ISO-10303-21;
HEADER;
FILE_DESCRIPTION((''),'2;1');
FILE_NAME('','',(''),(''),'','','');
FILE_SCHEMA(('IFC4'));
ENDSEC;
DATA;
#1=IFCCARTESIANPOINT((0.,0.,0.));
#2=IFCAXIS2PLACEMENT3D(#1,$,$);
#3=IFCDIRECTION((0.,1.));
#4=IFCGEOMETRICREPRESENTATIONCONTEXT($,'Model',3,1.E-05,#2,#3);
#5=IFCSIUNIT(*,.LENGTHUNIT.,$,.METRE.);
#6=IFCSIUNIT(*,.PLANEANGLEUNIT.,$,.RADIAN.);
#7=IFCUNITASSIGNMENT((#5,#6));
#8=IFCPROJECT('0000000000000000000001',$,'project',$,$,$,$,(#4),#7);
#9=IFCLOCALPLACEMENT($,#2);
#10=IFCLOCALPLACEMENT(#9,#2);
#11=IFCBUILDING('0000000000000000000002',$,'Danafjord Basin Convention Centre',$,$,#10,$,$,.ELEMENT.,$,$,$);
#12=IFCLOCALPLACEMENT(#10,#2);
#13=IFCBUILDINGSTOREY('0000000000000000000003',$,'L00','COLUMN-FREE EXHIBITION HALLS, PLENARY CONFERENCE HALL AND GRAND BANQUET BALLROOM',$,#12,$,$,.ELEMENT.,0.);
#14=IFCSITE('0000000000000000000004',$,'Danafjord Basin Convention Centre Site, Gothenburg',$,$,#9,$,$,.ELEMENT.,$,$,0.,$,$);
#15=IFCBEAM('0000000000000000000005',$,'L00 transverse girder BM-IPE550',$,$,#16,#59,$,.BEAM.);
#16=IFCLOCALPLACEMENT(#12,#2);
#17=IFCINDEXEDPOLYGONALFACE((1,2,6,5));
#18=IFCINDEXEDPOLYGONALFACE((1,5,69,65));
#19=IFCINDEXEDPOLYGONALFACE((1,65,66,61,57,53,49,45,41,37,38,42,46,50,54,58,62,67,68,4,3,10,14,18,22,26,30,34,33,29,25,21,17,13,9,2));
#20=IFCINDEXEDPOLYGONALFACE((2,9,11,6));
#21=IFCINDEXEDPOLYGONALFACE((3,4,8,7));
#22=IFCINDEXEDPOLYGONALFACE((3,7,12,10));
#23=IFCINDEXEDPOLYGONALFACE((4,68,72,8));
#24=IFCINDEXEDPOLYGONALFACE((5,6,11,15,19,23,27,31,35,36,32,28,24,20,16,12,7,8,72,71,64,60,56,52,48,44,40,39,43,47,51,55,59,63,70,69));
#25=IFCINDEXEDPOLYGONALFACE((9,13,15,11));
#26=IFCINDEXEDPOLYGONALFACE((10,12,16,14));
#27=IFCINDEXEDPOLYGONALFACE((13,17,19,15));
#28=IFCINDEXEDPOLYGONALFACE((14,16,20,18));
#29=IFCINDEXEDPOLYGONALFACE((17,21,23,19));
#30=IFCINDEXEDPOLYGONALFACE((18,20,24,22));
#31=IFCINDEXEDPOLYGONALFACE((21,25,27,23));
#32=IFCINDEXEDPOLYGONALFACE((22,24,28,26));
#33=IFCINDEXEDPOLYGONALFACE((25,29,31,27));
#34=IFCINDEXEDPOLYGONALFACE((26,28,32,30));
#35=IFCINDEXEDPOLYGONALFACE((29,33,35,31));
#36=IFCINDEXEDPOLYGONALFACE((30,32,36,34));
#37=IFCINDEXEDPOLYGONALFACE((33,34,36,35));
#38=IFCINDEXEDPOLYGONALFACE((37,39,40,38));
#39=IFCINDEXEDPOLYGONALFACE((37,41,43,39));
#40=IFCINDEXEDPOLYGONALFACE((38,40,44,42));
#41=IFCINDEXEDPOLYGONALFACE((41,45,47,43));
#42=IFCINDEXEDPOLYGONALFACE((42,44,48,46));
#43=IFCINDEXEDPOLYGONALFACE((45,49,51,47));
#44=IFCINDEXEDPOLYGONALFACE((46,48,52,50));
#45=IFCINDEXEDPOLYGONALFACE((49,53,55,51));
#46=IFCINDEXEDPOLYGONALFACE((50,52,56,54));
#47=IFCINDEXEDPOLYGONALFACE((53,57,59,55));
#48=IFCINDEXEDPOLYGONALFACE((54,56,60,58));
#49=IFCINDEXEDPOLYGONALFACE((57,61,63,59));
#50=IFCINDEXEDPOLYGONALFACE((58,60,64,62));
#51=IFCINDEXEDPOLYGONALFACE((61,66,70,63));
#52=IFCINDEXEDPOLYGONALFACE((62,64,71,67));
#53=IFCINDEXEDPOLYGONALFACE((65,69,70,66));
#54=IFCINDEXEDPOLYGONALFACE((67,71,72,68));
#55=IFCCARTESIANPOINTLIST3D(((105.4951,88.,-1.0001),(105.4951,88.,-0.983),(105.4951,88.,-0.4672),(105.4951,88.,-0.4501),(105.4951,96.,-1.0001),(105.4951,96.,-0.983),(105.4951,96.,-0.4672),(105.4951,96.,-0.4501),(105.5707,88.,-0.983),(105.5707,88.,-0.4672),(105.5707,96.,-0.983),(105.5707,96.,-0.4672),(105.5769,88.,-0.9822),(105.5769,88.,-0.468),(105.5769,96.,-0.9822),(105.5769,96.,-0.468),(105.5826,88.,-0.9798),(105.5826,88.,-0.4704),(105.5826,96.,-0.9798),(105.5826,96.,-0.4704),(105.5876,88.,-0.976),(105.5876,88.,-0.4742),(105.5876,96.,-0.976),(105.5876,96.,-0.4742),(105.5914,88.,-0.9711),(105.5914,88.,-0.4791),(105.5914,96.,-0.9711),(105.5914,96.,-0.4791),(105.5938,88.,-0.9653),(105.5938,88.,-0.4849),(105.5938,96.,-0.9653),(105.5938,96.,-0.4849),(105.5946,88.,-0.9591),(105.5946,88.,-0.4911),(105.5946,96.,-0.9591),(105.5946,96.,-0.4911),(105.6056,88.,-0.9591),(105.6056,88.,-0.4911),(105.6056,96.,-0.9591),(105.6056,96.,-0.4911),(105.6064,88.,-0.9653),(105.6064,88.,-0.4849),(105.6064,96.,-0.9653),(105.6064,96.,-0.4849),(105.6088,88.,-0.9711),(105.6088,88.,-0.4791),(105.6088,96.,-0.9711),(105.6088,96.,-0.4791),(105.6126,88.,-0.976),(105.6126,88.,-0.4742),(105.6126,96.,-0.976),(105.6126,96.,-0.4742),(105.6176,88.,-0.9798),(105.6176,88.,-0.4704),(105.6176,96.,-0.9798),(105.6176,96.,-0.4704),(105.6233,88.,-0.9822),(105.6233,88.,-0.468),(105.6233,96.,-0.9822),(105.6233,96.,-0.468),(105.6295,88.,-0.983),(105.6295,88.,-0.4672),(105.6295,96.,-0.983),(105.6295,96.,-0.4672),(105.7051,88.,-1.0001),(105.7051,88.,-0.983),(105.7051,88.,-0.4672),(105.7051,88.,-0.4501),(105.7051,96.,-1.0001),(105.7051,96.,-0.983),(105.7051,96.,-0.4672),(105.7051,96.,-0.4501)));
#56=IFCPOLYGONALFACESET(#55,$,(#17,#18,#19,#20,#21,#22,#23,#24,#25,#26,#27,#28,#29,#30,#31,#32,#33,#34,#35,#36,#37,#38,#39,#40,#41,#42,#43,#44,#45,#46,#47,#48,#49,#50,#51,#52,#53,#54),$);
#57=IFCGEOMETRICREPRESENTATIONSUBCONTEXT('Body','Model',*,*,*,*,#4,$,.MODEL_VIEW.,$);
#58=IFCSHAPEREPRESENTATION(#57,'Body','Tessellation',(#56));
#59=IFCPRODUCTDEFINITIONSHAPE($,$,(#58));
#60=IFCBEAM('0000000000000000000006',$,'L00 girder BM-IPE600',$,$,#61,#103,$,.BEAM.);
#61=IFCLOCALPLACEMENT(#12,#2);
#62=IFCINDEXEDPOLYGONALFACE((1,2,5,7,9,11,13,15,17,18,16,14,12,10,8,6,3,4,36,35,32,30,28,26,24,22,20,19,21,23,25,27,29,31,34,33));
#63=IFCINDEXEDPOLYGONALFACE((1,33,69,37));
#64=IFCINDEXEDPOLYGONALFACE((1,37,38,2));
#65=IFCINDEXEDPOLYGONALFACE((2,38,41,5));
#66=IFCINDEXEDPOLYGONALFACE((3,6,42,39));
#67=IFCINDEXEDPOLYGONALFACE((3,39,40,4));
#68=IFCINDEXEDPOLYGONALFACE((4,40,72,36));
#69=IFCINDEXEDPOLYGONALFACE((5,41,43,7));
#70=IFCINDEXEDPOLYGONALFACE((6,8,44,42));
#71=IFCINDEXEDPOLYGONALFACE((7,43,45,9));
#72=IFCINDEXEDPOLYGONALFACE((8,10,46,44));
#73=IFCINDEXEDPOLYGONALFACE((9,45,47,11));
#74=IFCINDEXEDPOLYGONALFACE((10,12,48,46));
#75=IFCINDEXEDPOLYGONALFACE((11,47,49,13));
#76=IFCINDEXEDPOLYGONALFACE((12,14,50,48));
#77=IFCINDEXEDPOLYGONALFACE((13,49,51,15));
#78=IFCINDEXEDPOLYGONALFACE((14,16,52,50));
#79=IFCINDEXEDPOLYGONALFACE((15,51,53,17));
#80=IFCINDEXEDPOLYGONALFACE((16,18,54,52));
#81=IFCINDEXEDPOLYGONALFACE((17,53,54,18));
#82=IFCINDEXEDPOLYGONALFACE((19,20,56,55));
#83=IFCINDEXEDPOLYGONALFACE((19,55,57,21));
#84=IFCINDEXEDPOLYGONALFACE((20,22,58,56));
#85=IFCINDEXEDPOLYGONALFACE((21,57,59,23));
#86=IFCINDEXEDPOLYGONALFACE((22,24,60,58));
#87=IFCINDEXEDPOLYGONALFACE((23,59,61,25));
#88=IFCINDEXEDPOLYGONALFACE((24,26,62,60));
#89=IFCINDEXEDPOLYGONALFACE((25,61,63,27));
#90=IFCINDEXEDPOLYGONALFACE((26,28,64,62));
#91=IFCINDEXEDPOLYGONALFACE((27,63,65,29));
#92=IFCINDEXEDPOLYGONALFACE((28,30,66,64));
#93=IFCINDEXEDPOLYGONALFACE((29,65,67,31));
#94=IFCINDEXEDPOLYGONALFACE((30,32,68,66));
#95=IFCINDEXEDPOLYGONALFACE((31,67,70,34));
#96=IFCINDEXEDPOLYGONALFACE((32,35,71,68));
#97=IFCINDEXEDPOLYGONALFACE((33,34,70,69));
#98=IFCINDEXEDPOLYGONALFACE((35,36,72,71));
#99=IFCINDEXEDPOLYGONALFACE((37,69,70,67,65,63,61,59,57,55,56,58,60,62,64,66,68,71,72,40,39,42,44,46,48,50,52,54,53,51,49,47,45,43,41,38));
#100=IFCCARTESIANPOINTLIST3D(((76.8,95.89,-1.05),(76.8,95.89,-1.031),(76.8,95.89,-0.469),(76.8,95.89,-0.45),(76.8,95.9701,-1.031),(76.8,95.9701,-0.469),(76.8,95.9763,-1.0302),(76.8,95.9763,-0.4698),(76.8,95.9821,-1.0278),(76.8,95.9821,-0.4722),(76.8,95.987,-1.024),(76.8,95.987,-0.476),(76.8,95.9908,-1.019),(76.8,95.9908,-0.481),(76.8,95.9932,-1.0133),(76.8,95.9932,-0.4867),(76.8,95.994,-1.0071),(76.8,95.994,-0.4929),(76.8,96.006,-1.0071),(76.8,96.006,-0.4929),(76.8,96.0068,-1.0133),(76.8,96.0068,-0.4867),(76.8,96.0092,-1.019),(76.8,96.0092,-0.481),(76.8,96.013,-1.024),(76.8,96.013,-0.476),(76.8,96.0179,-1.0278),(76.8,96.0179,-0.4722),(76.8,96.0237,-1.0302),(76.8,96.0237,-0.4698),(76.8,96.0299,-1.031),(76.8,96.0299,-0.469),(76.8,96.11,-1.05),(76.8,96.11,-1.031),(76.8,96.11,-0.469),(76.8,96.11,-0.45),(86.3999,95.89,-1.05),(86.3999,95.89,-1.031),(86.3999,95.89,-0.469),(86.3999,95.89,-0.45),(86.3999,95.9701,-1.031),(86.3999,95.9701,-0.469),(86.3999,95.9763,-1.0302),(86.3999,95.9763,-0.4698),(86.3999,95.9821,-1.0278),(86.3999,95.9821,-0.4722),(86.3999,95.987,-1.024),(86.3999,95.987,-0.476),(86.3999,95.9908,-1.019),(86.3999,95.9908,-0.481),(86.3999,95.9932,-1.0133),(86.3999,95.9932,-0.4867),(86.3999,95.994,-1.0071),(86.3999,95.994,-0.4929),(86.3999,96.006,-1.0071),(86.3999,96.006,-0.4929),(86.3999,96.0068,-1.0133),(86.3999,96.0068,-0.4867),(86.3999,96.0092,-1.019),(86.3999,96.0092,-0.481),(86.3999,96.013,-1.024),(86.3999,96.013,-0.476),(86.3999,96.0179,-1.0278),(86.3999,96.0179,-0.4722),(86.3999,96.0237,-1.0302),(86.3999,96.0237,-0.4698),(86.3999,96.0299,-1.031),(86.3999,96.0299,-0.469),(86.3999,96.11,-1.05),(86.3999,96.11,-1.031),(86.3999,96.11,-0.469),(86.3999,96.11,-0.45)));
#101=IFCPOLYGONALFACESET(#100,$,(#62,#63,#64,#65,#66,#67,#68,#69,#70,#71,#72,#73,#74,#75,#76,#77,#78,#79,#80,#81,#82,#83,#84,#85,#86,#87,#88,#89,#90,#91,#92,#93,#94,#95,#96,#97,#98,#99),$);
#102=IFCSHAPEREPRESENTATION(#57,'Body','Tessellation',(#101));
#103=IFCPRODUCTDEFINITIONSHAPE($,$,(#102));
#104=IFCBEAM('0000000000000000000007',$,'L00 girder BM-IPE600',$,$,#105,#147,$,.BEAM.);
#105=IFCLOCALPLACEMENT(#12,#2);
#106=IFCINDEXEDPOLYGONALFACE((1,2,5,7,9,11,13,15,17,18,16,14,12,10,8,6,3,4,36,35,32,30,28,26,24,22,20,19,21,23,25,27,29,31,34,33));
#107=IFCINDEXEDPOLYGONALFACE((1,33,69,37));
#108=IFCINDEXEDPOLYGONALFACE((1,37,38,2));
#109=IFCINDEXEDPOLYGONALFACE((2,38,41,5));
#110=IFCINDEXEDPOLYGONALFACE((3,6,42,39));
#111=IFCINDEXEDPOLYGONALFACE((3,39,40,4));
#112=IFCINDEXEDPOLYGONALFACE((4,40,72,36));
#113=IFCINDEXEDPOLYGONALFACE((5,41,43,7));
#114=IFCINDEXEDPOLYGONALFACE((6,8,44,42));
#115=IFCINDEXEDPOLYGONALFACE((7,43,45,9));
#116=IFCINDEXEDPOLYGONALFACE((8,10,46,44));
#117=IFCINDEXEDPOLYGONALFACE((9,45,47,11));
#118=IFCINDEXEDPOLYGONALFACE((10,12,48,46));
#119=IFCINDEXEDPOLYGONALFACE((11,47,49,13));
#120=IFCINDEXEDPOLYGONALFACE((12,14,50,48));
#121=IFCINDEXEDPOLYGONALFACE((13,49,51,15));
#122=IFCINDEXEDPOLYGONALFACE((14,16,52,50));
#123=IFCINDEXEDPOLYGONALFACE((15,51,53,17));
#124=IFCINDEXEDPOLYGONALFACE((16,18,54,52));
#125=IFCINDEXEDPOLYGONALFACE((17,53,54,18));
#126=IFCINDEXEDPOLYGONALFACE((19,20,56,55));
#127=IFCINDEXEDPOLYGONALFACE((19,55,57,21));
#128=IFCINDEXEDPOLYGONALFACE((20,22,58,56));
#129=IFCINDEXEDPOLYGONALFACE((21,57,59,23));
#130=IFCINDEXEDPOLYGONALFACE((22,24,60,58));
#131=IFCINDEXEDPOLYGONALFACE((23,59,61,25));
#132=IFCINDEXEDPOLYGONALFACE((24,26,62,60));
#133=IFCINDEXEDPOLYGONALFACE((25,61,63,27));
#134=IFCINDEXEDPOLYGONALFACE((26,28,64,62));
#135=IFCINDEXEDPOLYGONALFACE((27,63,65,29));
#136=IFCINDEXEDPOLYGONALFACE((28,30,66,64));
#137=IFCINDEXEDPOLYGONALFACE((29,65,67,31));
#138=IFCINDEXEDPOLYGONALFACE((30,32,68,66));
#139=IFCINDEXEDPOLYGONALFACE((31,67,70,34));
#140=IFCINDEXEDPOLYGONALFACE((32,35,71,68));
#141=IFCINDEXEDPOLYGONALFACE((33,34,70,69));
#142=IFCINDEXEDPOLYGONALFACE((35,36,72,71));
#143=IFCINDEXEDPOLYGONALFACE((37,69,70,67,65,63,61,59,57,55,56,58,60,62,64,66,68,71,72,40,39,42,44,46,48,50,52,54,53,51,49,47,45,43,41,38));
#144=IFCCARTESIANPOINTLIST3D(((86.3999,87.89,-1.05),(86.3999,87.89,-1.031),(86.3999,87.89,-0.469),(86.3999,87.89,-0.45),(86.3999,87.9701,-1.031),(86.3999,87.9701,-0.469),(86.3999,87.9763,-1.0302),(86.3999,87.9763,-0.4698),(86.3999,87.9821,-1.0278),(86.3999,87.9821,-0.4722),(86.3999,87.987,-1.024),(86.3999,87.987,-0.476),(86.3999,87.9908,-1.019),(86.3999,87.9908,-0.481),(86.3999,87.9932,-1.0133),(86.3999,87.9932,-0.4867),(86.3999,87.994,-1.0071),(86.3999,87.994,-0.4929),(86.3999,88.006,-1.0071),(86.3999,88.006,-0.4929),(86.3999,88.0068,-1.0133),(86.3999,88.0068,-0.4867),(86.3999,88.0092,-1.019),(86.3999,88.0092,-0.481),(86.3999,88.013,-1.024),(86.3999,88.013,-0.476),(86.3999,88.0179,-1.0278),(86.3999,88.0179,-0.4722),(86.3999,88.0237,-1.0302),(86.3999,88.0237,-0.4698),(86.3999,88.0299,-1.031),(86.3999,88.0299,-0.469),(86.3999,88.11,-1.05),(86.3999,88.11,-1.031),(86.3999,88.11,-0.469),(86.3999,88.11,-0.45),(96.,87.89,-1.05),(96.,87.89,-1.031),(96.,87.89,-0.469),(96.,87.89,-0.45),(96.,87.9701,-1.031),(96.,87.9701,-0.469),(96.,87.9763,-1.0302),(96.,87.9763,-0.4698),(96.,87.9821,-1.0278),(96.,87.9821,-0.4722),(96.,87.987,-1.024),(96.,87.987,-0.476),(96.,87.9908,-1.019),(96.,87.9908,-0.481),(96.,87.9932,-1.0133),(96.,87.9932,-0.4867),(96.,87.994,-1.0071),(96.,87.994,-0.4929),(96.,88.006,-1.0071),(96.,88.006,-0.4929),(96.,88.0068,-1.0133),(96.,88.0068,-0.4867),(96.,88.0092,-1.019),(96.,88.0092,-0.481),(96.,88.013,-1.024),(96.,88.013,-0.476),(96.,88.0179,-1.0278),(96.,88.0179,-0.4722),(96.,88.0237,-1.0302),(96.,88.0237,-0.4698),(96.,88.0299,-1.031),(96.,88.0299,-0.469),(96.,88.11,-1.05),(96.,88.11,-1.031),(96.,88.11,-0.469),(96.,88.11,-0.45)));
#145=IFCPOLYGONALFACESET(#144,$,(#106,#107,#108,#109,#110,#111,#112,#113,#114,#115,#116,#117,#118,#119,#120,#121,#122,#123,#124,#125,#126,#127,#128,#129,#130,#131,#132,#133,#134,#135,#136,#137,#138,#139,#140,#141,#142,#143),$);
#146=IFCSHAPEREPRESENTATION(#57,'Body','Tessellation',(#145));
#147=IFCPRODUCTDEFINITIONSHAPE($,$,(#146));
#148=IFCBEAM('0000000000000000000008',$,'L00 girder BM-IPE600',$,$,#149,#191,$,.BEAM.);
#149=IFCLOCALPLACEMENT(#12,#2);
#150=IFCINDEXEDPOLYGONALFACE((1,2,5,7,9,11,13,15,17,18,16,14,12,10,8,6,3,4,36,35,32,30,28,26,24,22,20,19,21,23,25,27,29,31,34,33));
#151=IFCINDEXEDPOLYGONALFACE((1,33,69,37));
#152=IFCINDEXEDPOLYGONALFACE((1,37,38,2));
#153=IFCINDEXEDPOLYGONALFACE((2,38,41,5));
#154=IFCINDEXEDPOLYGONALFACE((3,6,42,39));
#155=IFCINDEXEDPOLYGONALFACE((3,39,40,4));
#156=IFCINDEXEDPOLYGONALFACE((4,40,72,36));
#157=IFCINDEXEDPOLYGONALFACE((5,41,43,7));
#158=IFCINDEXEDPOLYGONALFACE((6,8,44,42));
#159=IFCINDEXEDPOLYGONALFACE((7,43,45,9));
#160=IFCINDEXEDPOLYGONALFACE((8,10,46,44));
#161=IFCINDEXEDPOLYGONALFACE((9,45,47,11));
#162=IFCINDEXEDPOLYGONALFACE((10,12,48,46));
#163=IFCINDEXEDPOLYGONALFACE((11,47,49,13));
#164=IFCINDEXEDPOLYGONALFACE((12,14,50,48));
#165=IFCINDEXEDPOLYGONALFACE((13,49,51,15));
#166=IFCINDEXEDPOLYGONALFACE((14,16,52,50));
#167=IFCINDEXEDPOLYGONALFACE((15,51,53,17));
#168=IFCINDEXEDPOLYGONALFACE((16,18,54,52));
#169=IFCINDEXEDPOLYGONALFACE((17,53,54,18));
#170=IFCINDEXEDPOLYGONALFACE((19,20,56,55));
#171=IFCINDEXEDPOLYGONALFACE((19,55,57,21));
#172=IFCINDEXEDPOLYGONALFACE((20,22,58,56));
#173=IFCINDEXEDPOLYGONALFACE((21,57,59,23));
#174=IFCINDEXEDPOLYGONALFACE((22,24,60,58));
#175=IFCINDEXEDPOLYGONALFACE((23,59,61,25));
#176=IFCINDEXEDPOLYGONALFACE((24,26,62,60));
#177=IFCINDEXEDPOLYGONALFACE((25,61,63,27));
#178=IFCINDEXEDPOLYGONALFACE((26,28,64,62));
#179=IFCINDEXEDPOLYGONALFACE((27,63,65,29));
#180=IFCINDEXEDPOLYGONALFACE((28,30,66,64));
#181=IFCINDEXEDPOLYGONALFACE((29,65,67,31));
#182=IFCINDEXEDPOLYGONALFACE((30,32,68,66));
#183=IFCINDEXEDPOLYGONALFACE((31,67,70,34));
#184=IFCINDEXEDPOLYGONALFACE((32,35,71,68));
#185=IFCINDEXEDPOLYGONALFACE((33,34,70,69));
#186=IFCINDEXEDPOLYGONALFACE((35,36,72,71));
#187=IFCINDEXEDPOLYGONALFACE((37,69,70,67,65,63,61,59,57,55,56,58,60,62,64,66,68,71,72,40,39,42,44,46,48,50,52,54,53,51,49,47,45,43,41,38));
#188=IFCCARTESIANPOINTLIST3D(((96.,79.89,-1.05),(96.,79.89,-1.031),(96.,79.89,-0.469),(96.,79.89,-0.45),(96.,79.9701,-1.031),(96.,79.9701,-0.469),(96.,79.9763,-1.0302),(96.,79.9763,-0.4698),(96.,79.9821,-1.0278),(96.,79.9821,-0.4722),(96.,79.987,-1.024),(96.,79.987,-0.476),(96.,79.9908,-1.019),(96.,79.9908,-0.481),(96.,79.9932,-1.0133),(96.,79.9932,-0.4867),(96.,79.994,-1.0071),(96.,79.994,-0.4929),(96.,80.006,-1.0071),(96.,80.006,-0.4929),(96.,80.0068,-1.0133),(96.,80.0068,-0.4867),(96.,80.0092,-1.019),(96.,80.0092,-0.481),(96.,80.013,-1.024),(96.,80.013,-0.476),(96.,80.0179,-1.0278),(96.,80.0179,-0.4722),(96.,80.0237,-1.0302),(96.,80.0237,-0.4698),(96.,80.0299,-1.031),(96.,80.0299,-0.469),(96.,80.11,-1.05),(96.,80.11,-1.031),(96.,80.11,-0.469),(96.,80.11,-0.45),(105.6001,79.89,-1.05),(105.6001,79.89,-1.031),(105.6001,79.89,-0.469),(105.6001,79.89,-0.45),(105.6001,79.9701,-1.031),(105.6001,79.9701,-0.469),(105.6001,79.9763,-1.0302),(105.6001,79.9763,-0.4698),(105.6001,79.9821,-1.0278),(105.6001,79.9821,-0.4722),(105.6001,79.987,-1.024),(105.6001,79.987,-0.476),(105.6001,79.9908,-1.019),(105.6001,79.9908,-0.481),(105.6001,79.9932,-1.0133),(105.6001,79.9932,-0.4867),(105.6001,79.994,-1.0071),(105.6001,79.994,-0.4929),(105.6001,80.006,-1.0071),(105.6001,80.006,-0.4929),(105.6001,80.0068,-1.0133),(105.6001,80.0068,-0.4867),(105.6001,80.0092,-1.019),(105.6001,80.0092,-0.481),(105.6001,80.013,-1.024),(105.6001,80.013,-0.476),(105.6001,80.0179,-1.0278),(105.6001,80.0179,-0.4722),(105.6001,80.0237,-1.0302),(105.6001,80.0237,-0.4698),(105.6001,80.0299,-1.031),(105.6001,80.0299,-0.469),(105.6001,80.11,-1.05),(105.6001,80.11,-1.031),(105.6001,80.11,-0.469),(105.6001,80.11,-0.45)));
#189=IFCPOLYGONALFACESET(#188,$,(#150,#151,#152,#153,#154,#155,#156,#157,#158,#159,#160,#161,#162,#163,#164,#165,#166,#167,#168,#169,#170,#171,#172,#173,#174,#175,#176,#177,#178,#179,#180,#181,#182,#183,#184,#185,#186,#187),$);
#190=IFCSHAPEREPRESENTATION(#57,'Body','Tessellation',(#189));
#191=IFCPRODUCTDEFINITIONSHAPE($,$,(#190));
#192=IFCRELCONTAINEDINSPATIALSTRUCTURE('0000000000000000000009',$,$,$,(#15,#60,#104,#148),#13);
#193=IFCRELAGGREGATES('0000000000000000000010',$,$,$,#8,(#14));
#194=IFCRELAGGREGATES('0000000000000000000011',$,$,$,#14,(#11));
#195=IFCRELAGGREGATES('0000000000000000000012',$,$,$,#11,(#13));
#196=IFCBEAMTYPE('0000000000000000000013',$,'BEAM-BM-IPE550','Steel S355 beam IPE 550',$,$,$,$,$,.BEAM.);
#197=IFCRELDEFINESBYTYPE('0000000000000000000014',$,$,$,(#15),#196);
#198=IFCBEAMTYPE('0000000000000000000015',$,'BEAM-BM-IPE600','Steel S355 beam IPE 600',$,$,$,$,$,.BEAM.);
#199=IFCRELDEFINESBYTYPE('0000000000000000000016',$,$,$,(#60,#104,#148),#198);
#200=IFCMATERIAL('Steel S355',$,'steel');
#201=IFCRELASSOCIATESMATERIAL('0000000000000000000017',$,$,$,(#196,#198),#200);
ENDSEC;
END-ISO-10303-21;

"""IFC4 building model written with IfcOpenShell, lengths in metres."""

from ifc_helpers import new_model, si_unit, direction, frame, origin, origin_2d, place, context, subcontext, project, spatial, i_section, extrude, material, material_profile, profile_set, type_object, element, save


model = new_model("IFC4")

# Units and contexts
model_context = context("Model", 3, precision=1e-05, world=origin(), true_north=direction((0.0, 1.0)))
body_context = subcontext(model_context, "Body", "Model", "MODEL_VIEW")
ifc_project = project(units=[si_unit("LENGTHUNIT", "METRE"), si_unit("PLANEANGLEUNIT", "RADIAN")], contexts=[model_context])

# Site, building, storey
site_placement = place(None, origin())
site = spatial("IfcSite", under=ifc_project, at=site_placement, Name="Danafjord Basin Convention Centre Site, Gothenburg", CompositionType="ELEMENT", RefElevation=0.0)
building_placement = place(site_placement, origin())
building = spatial("IfcBuilding", under=site, at=building_placement, Name="Danafjord Basin Convention Centre", CompositionType="ELEMENT")
storey_placement = place(building_placement, origin())
storey = spatial("IfcBuildingStorey", under=building, at=storey_placement, Name="L00", Description="COLUMN-FREE EXHIBITION HALLS, PLENARY CONFERENCE HALL AND GRAND BANQUET BALLROOM", CompositionType="ELEMENT", Elevation=0.0)

# Beams
ifc_material = material(Name="Steel S355", Category="steel")
ifc_material_profile_1 = material_profile(ifc_material, i_section(OverallWidth=0.21, OverallDepth=0.55, WebThickness=0.011, FlangeThickness=0.0171, FilletRadius=0.0239, at=origin_2d()), Name="IPE 550")
ifc_profile_set_1 = profile_set([ifc_material_profile_1], Name="Steel S355")
beam_type_1 = type_object("IfcBeamType", Name="BEAM-BM-IPE550", Description="Steel S355 beam IPE 550", PredefinedType="BEAM", material=ifc_profile_set_1)
for number, where, z_axis, x_axis, name in (
    (1, (105.6001, 88.0, -0.7251), (0.0, 1.0, 0.0), (-1.0, 0.0, 0.0), "L00 transverse girder BM-IPE550"),
):
    element("IfcBeam", number, at=place(storey_placement, frame(where, z_axis=z_axis, x_axis=x_axis)), inside=storey, type_object=beam_type_1, Name=name, PredefinedType="BEAM", context=body_context, shape_type="SweptSolid", body=[
        extrude(i_section(OverallWidth=0.21, OverallDepth=0.55, WebThickness=0.011, FlangeThickness=0.0171, FilletRadius=0.0239, at=origin_2d()), origin(), (0.0, 0.0, 1.0), 8.0),
    ])
ifc_material_profile_2 = material_profile(ifc_material, i_section(OverallWidth=0.22, OverallDepth=0.6001, WebThickness=0.012, FlangeThickness=0.019, FilletRadius=0.0239, at=origin_2d()), Name="IPE 600")
ifc_profile_set_2 = profile_set([ifc_material_profile_2], Name="Steel S355")
beam_type_2 = type_object("IfcBeamType", Name="BEAM-BM-IPE600", Description="Steel S355 beam IPE 600", PredefinedType="BEAM", material=ifc_profile_set_2)
beam_1_placement = place(storey_placement, frame((76.8, 96.0, -0.75), z_axis=(1.0, 0.0, 0.0), x_axis=(0.0, 1.0, 0.0)))
element("IfcBeam", 2, at=beam_1_placement, inside=storey, type_object=beam_type_2, Name="L00 girder BM-IPE600", PredefinedType="BEAM", context=body_context, shape_type="SweptSolid", body=[
    extrude(i_section(OverallWidth=0.22, OverallDepth=0.6001, WebThickness=0.012, FlangeThickness=0.019, FilletRadius=0.0239, at=origin_2d()), origin(), (0.0, 0.0, 1.0), 9.5999),
])
for number, where, z_axis, x_axis, name in (
    (3, (86.3999, 88.0, -0.75), (1.0, 0.0, 0.0), (0.0, 1.0, 0.0), "L00 girder BM-IPE600"),
    (4, (96.0, 80.0, -0.75), (1.0, 0.0, 0.0), (0.0, 1.0, 0.0), "L00 girder BM-IPE600"),
):
    element("IfcBeam", number, at=place(storey_placement, frame(where, z_axis=z_axis, x_axis=x_axis)), inside=storey, type_object=beam_type_2, Name=name, PredefinedType="BEAM", context=body_context, shape_type="SweptSolid", body=[
        extrude(i_section(OverallWidth=0.22, OverallDepth=0.6001, WebThickness=0.012, FlangeThickness=0.019, FilletRadius=0.0239, at=origin_2d()), origin(), (0.0, 0.0, 1.0), 9.6001),
    ])

save(model, "model.ifc")
